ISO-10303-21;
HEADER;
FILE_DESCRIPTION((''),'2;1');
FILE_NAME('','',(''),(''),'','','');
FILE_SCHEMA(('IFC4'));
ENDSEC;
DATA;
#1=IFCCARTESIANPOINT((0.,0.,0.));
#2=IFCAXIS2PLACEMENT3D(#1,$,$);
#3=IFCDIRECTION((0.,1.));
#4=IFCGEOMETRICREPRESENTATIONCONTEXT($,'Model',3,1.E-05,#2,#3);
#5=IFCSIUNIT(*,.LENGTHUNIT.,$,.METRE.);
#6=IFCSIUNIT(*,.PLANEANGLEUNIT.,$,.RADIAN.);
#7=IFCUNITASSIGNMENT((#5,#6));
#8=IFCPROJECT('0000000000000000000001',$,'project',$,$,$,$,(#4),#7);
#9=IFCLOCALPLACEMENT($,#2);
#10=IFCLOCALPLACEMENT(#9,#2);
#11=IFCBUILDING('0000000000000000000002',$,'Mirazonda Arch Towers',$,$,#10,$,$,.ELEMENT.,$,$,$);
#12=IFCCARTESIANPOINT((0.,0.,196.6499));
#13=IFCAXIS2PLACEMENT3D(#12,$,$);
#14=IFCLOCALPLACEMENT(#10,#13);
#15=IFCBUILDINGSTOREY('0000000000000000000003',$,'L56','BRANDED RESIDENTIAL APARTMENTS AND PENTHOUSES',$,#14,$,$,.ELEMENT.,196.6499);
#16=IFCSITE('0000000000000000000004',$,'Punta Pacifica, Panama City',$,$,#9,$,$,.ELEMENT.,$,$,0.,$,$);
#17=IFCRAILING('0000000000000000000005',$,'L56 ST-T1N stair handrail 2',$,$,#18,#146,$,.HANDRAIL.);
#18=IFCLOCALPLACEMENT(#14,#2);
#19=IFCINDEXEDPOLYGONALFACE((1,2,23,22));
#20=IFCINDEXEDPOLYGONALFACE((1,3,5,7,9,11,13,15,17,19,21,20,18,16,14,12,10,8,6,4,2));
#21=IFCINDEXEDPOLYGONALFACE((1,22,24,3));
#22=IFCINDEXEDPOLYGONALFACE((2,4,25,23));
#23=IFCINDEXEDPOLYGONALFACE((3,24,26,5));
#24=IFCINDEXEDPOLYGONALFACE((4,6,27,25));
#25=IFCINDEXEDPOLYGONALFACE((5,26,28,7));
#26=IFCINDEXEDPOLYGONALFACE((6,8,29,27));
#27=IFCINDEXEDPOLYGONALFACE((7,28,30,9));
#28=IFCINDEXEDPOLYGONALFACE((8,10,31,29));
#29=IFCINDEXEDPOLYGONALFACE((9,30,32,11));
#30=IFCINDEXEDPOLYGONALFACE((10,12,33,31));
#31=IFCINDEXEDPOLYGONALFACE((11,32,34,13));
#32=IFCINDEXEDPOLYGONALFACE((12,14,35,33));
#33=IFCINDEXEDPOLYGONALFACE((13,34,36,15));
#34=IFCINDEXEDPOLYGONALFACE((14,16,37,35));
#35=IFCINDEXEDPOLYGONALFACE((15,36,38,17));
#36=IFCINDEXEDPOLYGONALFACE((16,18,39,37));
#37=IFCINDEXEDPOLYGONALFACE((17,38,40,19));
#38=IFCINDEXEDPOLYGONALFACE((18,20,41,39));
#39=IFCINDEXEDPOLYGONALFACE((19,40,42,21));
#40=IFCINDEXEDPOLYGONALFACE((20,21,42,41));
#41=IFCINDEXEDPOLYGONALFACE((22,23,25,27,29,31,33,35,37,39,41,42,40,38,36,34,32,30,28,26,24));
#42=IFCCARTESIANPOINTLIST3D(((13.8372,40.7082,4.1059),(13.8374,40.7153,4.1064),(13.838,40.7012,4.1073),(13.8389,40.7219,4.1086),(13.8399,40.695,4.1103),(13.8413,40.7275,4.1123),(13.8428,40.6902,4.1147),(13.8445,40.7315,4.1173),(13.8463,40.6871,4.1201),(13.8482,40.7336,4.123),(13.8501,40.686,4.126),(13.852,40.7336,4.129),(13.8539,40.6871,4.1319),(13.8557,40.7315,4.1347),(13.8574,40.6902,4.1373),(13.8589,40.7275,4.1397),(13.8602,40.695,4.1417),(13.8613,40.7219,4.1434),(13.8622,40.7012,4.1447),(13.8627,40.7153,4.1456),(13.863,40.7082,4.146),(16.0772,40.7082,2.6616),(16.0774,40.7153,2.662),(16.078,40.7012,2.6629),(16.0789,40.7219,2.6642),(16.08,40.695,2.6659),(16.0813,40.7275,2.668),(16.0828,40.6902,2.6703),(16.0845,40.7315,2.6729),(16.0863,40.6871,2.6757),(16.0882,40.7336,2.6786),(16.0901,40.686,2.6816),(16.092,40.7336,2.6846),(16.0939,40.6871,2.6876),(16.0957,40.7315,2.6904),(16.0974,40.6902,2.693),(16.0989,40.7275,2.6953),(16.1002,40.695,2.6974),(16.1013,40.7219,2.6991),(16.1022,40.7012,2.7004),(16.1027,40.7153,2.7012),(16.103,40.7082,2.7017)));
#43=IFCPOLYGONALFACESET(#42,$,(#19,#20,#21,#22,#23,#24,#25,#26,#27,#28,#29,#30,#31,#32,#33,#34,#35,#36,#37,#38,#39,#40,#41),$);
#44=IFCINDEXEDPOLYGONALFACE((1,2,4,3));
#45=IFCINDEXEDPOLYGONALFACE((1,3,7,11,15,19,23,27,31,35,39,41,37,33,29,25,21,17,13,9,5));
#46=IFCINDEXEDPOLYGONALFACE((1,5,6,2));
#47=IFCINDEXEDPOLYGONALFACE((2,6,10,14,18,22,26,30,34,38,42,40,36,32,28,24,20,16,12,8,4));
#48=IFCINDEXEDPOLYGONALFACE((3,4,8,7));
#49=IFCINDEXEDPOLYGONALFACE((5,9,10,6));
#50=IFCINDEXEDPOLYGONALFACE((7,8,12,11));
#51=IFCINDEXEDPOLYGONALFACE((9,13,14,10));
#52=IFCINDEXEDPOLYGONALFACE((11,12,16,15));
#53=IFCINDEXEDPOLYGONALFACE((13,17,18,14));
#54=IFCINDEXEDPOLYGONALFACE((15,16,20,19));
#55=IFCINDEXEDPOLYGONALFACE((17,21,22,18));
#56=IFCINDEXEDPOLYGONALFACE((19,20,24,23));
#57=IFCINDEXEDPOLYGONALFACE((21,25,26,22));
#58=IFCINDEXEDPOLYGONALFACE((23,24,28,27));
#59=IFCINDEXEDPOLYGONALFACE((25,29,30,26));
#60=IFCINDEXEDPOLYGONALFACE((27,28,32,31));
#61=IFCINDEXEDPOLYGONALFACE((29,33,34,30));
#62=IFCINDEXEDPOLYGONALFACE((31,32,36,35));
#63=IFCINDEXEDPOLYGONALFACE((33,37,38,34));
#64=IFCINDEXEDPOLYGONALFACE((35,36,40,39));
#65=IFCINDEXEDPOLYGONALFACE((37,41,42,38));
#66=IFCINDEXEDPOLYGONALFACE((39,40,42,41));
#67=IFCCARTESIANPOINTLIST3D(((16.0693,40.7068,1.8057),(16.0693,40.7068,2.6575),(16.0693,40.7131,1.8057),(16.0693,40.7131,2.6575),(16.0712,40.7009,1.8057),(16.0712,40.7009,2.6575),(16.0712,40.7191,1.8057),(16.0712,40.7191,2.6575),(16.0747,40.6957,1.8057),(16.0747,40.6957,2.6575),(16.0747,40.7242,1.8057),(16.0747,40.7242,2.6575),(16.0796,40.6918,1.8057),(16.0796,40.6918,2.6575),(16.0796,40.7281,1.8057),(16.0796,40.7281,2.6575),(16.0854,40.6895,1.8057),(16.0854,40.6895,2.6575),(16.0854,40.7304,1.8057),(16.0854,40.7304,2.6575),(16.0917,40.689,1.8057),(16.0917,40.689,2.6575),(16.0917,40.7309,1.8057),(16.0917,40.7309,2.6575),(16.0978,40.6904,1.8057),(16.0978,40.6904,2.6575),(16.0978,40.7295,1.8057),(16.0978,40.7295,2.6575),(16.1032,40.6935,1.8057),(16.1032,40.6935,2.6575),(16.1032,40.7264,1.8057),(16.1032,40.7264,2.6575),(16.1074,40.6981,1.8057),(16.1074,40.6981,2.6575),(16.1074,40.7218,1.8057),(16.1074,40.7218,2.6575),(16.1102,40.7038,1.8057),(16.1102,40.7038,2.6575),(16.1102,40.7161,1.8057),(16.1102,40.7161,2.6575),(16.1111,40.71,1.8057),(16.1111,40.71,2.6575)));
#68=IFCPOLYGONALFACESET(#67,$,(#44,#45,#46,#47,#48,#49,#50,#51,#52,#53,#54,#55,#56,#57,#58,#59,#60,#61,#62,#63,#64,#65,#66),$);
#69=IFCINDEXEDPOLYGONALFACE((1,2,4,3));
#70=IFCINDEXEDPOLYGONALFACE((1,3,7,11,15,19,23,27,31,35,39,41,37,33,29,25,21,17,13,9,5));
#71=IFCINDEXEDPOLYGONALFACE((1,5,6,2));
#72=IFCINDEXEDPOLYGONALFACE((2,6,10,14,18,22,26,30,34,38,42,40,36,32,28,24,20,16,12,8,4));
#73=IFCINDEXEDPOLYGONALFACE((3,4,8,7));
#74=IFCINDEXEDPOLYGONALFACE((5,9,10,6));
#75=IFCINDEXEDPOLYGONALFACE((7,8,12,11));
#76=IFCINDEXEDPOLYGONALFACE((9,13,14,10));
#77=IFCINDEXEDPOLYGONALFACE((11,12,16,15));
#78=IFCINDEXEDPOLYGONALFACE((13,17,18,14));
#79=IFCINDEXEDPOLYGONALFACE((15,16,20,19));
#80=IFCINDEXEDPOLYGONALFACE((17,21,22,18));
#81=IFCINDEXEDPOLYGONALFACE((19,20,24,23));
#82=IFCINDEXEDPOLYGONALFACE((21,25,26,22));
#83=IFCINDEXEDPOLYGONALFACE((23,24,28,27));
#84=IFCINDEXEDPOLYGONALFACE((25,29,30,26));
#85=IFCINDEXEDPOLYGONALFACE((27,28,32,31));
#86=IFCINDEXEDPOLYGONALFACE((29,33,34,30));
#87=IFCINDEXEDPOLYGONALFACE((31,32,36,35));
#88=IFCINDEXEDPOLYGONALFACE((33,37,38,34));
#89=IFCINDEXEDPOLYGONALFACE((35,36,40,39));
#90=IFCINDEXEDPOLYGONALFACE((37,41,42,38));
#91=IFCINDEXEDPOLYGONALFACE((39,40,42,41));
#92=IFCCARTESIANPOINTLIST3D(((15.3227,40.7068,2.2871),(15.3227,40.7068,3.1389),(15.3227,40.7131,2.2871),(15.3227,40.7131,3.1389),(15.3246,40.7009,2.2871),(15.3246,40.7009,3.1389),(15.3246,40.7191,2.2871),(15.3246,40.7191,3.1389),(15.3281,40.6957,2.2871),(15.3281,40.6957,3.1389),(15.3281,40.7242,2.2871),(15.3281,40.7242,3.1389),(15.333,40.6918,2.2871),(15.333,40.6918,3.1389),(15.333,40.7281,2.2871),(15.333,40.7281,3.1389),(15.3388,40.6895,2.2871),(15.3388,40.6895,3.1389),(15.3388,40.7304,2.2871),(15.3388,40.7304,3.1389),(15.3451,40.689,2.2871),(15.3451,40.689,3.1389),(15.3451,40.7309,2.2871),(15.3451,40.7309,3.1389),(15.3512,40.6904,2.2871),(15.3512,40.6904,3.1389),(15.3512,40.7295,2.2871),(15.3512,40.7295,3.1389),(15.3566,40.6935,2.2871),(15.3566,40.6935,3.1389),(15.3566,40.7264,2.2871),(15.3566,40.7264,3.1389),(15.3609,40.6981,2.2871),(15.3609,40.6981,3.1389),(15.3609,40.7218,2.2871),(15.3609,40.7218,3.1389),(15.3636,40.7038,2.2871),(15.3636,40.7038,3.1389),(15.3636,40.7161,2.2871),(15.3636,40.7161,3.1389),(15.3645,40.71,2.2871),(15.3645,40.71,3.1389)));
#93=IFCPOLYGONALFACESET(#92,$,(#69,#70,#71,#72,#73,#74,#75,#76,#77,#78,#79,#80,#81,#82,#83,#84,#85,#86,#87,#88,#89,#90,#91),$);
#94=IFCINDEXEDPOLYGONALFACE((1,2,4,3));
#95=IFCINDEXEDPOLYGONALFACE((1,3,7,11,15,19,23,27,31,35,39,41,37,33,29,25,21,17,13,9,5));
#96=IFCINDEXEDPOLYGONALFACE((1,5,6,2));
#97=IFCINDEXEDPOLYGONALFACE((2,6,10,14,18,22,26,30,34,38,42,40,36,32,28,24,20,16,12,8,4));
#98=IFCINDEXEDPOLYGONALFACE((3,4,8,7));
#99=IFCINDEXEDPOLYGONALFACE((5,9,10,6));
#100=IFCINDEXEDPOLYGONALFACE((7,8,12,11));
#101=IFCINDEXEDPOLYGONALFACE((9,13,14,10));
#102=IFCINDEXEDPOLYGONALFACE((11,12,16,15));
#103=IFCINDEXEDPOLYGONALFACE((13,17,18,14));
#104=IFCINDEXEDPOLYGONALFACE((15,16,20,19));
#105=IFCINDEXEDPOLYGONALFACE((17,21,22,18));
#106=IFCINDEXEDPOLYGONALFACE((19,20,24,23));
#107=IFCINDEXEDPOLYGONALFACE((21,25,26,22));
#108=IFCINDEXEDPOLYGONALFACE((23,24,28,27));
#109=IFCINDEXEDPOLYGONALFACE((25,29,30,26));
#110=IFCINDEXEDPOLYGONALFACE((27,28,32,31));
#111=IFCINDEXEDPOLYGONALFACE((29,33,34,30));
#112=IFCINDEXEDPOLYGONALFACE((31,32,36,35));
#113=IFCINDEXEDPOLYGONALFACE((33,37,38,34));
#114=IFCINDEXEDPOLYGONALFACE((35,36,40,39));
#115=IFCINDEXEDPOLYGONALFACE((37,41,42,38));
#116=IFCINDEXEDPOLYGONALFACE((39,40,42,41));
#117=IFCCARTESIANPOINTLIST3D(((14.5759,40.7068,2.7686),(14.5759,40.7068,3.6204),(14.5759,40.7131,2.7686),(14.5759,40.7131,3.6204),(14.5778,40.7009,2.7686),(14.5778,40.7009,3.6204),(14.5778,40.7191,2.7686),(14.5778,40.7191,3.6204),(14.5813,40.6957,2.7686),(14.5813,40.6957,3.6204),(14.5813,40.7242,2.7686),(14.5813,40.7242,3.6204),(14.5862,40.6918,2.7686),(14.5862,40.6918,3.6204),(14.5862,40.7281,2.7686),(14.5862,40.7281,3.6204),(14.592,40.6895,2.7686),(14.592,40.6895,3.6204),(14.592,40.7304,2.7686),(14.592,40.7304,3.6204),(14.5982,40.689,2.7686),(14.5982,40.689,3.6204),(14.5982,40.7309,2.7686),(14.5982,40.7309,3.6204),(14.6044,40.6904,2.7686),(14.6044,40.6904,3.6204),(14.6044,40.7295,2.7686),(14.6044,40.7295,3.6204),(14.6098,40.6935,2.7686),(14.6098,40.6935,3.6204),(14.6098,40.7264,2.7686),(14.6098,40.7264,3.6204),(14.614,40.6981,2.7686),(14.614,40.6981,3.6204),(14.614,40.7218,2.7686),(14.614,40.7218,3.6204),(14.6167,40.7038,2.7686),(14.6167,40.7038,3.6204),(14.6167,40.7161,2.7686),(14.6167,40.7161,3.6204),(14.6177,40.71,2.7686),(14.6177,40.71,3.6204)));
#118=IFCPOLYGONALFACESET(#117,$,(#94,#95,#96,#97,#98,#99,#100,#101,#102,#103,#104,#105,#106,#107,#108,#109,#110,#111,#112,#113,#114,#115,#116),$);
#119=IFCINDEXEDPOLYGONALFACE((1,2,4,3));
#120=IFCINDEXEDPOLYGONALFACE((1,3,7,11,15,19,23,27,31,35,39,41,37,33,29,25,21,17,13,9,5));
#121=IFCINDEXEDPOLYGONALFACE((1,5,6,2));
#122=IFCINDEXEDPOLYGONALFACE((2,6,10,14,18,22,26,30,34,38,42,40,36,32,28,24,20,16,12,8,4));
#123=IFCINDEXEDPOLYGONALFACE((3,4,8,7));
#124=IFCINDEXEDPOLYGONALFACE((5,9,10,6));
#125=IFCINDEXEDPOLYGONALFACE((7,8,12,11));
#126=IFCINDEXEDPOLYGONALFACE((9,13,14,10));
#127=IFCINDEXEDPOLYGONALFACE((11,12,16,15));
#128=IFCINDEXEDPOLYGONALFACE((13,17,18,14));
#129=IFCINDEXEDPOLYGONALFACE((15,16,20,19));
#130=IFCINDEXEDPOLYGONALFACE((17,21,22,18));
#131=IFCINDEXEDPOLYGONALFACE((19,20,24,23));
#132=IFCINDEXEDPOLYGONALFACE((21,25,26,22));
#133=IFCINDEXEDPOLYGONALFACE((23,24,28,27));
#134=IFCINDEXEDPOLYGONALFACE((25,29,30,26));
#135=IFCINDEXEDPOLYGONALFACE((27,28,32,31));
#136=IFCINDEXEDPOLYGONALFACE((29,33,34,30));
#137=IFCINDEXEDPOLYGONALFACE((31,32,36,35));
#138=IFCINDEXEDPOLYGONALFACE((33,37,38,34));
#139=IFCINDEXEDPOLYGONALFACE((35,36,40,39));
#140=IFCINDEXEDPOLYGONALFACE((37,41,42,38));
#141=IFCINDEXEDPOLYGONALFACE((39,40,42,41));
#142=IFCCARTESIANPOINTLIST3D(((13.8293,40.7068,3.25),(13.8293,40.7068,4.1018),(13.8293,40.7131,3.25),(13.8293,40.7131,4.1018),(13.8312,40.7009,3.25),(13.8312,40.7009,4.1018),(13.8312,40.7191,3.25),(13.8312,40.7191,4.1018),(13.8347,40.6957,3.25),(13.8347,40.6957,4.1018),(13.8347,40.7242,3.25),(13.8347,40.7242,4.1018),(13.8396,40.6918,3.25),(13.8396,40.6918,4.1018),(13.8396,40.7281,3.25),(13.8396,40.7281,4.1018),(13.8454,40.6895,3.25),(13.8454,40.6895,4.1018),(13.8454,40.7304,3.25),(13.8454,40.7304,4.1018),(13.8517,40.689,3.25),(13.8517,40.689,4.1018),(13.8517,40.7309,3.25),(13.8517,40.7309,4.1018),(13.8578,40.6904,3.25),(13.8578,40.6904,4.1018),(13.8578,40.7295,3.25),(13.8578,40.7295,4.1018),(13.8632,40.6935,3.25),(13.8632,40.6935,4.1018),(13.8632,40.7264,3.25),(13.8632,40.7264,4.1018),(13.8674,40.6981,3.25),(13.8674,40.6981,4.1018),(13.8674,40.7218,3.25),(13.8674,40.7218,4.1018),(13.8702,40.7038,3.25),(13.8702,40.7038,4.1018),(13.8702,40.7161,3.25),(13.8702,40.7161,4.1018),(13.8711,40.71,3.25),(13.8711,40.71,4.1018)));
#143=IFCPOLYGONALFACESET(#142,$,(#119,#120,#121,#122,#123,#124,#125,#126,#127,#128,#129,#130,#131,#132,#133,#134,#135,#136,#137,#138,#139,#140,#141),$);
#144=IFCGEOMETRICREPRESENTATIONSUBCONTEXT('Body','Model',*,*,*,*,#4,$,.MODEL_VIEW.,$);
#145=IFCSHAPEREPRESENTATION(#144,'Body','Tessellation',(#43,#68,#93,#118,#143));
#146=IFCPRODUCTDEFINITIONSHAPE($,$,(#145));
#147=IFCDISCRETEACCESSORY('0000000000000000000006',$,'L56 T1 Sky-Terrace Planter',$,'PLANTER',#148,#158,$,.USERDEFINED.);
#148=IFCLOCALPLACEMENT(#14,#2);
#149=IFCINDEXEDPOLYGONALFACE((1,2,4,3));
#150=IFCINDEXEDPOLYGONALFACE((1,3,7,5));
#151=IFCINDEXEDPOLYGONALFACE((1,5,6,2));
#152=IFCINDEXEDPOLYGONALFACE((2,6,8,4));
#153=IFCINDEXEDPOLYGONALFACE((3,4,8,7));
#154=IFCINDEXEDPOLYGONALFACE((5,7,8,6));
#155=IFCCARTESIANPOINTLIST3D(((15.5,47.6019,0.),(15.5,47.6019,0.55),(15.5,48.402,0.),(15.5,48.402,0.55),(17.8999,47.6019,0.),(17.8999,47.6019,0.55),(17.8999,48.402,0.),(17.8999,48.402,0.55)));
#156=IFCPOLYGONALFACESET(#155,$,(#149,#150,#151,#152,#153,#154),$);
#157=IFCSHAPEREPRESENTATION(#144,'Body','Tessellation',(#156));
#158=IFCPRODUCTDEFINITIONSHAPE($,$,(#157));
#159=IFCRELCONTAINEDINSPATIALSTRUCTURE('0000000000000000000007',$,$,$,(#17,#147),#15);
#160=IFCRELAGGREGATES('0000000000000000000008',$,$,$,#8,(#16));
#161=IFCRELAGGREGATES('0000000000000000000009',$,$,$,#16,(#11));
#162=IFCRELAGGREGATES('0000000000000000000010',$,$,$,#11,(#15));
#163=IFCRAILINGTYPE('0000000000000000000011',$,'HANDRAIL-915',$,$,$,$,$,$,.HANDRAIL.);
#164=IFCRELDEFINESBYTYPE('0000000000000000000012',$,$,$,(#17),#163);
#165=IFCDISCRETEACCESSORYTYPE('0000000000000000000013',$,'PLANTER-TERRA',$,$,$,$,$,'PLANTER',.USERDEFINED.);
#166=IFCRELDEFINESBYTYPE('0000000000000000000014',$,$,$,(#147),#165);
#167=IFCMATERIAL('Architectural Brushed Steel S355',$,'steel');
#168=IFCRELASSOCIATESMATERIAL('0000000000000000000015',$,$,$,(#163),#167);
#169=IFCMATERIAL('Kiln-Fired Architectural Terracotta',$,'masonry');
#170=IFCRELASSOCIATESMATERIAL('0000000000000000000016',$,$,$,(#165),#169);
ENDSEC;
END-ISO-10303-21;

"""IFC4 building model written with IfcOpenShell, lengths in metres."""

from ifc_helpers import new_model, si_unit, direction, frame, origin, origin_2d, place, context, subcontext, project, spatial, rectangle, circle, extrude, material, type_object, element, save


model = new_model("IFC4")

# Units and contexts
model_context = context("Model", 3, precision=1e-05, world=origin(), true_north=direction((0.0, 1.0)))
body_context = subcontext(model_context, "Body", "Model", "MODEL_VIEW")
ifc_project = project(units=[si_unit("LENGTHUNIT", "METRE"), si_unit("PLANEANGLEUNIT", "RADIAN")], contexts=[model_context])

# Site, building, storey
site_placement = place(None, origin())
site = spatial("IfcSite", under=ifc_project, at=site_placement, Name="Punta Pacifica, Panama City", CompositionType="ELEMENT", RefElevation=0.0)
building_placement = place(site_placement, origin())
building = spatial("IfcBuilding", under=site, at=building_placement, Name="Mirazonda Arch Towers", CompositionType="ELEMENT")
storey_placement = place(building_placement, frame((0.0, 0.0, 196.6499)))
storey = spatial("IfcBuildingStorey", under=building, at=storey_placement, Name="L56", Description="BRANDED RESIDENTIAL APARTMENTS AND PENTHOUSES", CompositionType="ELEMENT", Elevation=196.6499)

# Shared definitions
ifc_material_1 = material(Name="Architectural Brushed Steel S355", Category="steel")

# Shared definitions
ifc_material_2 = material(Name="Kiln-Fired Architectural Terracotta", Category="masonry")

# Railing
railing_type_1 = type_object("IfcRailingType", Name="HANDRAIL-915", PredefinedType="HANDRAIL", material=ifc_material_1)
railing_1_placement = place(storey_placement, frame((16.0901, 40.71, 1.8057)))
element("IfcRailing", 1, at=railing_1_placement, inside=storey, type_object=railing_type_1, Name="L56 ST-T1N stair handrail 2", PredefinedType="HANDRAIL", context=body_context, shape_type="SweptSolid", body=[
    extrude(circle(Radius=0.0239, at=origin_2d()), frame((0.0, 0.0, 0.876), z_axis=(-0.840437, 0.0, 0.54191), x_axis=(0.0, -1.0, 0.0)), (0.0, 0.0, 1.0), 2.6653),
    extrude(circle(Radius=0.021, at=origin_2d()), origin(), (0.0, 0.0, 1.0), 0.8518),
    extrude(circle(Radius=0.021, at=origin_2d()), frame((-0.7466, 0.0, 0.4814)), (0.0, 0.0, 1.0), 0.8518),
    extrude(circle(Radius=0.021, at=origin_2d()), frame((-1.4934, 0.0, 0.9629)), (0.0, 0.0, 1.0), 0.8518),
    extrude(circle(Radius=0.021, at=origin_2d()), frame((-2.24, 0.0, 1.4443)), (0.0, 0.0, 1.0), 0.8518),
])

# Discrete accessory
discrete_accessory_type = type_object("IfcDiscreteAccessoryType", Name="PLANTER-TERRA", ElementType="PLANTER", PredefinedType="USERDEFINED", material=ifc_material_2)
discrete_accessory_placement = place(storey_placement, frame((16.7, 48.002, 0.0), z_axis=(0.0, 0.0, 1.0), x_axis=(1.0, 0.0, 0.0)))
element("IfcDiscreteAccessory", 2, at=discrete_accessory_placement, inside=storey, type_object=discrete_accessory_type, Name="L56 T1 Sky-Terrace Planter", ObjectType="PLANTER", PredefinedType="USERDEFINED", context=body_context, shape_type="SweptSolid", body=[
    extrude(rectangle(XDim=2.3999, YDim=0.8, at=origin_2d()), origin(), (0.0, 0.0, 1.0), 0.55),
])

save(model, "model.ifc")
